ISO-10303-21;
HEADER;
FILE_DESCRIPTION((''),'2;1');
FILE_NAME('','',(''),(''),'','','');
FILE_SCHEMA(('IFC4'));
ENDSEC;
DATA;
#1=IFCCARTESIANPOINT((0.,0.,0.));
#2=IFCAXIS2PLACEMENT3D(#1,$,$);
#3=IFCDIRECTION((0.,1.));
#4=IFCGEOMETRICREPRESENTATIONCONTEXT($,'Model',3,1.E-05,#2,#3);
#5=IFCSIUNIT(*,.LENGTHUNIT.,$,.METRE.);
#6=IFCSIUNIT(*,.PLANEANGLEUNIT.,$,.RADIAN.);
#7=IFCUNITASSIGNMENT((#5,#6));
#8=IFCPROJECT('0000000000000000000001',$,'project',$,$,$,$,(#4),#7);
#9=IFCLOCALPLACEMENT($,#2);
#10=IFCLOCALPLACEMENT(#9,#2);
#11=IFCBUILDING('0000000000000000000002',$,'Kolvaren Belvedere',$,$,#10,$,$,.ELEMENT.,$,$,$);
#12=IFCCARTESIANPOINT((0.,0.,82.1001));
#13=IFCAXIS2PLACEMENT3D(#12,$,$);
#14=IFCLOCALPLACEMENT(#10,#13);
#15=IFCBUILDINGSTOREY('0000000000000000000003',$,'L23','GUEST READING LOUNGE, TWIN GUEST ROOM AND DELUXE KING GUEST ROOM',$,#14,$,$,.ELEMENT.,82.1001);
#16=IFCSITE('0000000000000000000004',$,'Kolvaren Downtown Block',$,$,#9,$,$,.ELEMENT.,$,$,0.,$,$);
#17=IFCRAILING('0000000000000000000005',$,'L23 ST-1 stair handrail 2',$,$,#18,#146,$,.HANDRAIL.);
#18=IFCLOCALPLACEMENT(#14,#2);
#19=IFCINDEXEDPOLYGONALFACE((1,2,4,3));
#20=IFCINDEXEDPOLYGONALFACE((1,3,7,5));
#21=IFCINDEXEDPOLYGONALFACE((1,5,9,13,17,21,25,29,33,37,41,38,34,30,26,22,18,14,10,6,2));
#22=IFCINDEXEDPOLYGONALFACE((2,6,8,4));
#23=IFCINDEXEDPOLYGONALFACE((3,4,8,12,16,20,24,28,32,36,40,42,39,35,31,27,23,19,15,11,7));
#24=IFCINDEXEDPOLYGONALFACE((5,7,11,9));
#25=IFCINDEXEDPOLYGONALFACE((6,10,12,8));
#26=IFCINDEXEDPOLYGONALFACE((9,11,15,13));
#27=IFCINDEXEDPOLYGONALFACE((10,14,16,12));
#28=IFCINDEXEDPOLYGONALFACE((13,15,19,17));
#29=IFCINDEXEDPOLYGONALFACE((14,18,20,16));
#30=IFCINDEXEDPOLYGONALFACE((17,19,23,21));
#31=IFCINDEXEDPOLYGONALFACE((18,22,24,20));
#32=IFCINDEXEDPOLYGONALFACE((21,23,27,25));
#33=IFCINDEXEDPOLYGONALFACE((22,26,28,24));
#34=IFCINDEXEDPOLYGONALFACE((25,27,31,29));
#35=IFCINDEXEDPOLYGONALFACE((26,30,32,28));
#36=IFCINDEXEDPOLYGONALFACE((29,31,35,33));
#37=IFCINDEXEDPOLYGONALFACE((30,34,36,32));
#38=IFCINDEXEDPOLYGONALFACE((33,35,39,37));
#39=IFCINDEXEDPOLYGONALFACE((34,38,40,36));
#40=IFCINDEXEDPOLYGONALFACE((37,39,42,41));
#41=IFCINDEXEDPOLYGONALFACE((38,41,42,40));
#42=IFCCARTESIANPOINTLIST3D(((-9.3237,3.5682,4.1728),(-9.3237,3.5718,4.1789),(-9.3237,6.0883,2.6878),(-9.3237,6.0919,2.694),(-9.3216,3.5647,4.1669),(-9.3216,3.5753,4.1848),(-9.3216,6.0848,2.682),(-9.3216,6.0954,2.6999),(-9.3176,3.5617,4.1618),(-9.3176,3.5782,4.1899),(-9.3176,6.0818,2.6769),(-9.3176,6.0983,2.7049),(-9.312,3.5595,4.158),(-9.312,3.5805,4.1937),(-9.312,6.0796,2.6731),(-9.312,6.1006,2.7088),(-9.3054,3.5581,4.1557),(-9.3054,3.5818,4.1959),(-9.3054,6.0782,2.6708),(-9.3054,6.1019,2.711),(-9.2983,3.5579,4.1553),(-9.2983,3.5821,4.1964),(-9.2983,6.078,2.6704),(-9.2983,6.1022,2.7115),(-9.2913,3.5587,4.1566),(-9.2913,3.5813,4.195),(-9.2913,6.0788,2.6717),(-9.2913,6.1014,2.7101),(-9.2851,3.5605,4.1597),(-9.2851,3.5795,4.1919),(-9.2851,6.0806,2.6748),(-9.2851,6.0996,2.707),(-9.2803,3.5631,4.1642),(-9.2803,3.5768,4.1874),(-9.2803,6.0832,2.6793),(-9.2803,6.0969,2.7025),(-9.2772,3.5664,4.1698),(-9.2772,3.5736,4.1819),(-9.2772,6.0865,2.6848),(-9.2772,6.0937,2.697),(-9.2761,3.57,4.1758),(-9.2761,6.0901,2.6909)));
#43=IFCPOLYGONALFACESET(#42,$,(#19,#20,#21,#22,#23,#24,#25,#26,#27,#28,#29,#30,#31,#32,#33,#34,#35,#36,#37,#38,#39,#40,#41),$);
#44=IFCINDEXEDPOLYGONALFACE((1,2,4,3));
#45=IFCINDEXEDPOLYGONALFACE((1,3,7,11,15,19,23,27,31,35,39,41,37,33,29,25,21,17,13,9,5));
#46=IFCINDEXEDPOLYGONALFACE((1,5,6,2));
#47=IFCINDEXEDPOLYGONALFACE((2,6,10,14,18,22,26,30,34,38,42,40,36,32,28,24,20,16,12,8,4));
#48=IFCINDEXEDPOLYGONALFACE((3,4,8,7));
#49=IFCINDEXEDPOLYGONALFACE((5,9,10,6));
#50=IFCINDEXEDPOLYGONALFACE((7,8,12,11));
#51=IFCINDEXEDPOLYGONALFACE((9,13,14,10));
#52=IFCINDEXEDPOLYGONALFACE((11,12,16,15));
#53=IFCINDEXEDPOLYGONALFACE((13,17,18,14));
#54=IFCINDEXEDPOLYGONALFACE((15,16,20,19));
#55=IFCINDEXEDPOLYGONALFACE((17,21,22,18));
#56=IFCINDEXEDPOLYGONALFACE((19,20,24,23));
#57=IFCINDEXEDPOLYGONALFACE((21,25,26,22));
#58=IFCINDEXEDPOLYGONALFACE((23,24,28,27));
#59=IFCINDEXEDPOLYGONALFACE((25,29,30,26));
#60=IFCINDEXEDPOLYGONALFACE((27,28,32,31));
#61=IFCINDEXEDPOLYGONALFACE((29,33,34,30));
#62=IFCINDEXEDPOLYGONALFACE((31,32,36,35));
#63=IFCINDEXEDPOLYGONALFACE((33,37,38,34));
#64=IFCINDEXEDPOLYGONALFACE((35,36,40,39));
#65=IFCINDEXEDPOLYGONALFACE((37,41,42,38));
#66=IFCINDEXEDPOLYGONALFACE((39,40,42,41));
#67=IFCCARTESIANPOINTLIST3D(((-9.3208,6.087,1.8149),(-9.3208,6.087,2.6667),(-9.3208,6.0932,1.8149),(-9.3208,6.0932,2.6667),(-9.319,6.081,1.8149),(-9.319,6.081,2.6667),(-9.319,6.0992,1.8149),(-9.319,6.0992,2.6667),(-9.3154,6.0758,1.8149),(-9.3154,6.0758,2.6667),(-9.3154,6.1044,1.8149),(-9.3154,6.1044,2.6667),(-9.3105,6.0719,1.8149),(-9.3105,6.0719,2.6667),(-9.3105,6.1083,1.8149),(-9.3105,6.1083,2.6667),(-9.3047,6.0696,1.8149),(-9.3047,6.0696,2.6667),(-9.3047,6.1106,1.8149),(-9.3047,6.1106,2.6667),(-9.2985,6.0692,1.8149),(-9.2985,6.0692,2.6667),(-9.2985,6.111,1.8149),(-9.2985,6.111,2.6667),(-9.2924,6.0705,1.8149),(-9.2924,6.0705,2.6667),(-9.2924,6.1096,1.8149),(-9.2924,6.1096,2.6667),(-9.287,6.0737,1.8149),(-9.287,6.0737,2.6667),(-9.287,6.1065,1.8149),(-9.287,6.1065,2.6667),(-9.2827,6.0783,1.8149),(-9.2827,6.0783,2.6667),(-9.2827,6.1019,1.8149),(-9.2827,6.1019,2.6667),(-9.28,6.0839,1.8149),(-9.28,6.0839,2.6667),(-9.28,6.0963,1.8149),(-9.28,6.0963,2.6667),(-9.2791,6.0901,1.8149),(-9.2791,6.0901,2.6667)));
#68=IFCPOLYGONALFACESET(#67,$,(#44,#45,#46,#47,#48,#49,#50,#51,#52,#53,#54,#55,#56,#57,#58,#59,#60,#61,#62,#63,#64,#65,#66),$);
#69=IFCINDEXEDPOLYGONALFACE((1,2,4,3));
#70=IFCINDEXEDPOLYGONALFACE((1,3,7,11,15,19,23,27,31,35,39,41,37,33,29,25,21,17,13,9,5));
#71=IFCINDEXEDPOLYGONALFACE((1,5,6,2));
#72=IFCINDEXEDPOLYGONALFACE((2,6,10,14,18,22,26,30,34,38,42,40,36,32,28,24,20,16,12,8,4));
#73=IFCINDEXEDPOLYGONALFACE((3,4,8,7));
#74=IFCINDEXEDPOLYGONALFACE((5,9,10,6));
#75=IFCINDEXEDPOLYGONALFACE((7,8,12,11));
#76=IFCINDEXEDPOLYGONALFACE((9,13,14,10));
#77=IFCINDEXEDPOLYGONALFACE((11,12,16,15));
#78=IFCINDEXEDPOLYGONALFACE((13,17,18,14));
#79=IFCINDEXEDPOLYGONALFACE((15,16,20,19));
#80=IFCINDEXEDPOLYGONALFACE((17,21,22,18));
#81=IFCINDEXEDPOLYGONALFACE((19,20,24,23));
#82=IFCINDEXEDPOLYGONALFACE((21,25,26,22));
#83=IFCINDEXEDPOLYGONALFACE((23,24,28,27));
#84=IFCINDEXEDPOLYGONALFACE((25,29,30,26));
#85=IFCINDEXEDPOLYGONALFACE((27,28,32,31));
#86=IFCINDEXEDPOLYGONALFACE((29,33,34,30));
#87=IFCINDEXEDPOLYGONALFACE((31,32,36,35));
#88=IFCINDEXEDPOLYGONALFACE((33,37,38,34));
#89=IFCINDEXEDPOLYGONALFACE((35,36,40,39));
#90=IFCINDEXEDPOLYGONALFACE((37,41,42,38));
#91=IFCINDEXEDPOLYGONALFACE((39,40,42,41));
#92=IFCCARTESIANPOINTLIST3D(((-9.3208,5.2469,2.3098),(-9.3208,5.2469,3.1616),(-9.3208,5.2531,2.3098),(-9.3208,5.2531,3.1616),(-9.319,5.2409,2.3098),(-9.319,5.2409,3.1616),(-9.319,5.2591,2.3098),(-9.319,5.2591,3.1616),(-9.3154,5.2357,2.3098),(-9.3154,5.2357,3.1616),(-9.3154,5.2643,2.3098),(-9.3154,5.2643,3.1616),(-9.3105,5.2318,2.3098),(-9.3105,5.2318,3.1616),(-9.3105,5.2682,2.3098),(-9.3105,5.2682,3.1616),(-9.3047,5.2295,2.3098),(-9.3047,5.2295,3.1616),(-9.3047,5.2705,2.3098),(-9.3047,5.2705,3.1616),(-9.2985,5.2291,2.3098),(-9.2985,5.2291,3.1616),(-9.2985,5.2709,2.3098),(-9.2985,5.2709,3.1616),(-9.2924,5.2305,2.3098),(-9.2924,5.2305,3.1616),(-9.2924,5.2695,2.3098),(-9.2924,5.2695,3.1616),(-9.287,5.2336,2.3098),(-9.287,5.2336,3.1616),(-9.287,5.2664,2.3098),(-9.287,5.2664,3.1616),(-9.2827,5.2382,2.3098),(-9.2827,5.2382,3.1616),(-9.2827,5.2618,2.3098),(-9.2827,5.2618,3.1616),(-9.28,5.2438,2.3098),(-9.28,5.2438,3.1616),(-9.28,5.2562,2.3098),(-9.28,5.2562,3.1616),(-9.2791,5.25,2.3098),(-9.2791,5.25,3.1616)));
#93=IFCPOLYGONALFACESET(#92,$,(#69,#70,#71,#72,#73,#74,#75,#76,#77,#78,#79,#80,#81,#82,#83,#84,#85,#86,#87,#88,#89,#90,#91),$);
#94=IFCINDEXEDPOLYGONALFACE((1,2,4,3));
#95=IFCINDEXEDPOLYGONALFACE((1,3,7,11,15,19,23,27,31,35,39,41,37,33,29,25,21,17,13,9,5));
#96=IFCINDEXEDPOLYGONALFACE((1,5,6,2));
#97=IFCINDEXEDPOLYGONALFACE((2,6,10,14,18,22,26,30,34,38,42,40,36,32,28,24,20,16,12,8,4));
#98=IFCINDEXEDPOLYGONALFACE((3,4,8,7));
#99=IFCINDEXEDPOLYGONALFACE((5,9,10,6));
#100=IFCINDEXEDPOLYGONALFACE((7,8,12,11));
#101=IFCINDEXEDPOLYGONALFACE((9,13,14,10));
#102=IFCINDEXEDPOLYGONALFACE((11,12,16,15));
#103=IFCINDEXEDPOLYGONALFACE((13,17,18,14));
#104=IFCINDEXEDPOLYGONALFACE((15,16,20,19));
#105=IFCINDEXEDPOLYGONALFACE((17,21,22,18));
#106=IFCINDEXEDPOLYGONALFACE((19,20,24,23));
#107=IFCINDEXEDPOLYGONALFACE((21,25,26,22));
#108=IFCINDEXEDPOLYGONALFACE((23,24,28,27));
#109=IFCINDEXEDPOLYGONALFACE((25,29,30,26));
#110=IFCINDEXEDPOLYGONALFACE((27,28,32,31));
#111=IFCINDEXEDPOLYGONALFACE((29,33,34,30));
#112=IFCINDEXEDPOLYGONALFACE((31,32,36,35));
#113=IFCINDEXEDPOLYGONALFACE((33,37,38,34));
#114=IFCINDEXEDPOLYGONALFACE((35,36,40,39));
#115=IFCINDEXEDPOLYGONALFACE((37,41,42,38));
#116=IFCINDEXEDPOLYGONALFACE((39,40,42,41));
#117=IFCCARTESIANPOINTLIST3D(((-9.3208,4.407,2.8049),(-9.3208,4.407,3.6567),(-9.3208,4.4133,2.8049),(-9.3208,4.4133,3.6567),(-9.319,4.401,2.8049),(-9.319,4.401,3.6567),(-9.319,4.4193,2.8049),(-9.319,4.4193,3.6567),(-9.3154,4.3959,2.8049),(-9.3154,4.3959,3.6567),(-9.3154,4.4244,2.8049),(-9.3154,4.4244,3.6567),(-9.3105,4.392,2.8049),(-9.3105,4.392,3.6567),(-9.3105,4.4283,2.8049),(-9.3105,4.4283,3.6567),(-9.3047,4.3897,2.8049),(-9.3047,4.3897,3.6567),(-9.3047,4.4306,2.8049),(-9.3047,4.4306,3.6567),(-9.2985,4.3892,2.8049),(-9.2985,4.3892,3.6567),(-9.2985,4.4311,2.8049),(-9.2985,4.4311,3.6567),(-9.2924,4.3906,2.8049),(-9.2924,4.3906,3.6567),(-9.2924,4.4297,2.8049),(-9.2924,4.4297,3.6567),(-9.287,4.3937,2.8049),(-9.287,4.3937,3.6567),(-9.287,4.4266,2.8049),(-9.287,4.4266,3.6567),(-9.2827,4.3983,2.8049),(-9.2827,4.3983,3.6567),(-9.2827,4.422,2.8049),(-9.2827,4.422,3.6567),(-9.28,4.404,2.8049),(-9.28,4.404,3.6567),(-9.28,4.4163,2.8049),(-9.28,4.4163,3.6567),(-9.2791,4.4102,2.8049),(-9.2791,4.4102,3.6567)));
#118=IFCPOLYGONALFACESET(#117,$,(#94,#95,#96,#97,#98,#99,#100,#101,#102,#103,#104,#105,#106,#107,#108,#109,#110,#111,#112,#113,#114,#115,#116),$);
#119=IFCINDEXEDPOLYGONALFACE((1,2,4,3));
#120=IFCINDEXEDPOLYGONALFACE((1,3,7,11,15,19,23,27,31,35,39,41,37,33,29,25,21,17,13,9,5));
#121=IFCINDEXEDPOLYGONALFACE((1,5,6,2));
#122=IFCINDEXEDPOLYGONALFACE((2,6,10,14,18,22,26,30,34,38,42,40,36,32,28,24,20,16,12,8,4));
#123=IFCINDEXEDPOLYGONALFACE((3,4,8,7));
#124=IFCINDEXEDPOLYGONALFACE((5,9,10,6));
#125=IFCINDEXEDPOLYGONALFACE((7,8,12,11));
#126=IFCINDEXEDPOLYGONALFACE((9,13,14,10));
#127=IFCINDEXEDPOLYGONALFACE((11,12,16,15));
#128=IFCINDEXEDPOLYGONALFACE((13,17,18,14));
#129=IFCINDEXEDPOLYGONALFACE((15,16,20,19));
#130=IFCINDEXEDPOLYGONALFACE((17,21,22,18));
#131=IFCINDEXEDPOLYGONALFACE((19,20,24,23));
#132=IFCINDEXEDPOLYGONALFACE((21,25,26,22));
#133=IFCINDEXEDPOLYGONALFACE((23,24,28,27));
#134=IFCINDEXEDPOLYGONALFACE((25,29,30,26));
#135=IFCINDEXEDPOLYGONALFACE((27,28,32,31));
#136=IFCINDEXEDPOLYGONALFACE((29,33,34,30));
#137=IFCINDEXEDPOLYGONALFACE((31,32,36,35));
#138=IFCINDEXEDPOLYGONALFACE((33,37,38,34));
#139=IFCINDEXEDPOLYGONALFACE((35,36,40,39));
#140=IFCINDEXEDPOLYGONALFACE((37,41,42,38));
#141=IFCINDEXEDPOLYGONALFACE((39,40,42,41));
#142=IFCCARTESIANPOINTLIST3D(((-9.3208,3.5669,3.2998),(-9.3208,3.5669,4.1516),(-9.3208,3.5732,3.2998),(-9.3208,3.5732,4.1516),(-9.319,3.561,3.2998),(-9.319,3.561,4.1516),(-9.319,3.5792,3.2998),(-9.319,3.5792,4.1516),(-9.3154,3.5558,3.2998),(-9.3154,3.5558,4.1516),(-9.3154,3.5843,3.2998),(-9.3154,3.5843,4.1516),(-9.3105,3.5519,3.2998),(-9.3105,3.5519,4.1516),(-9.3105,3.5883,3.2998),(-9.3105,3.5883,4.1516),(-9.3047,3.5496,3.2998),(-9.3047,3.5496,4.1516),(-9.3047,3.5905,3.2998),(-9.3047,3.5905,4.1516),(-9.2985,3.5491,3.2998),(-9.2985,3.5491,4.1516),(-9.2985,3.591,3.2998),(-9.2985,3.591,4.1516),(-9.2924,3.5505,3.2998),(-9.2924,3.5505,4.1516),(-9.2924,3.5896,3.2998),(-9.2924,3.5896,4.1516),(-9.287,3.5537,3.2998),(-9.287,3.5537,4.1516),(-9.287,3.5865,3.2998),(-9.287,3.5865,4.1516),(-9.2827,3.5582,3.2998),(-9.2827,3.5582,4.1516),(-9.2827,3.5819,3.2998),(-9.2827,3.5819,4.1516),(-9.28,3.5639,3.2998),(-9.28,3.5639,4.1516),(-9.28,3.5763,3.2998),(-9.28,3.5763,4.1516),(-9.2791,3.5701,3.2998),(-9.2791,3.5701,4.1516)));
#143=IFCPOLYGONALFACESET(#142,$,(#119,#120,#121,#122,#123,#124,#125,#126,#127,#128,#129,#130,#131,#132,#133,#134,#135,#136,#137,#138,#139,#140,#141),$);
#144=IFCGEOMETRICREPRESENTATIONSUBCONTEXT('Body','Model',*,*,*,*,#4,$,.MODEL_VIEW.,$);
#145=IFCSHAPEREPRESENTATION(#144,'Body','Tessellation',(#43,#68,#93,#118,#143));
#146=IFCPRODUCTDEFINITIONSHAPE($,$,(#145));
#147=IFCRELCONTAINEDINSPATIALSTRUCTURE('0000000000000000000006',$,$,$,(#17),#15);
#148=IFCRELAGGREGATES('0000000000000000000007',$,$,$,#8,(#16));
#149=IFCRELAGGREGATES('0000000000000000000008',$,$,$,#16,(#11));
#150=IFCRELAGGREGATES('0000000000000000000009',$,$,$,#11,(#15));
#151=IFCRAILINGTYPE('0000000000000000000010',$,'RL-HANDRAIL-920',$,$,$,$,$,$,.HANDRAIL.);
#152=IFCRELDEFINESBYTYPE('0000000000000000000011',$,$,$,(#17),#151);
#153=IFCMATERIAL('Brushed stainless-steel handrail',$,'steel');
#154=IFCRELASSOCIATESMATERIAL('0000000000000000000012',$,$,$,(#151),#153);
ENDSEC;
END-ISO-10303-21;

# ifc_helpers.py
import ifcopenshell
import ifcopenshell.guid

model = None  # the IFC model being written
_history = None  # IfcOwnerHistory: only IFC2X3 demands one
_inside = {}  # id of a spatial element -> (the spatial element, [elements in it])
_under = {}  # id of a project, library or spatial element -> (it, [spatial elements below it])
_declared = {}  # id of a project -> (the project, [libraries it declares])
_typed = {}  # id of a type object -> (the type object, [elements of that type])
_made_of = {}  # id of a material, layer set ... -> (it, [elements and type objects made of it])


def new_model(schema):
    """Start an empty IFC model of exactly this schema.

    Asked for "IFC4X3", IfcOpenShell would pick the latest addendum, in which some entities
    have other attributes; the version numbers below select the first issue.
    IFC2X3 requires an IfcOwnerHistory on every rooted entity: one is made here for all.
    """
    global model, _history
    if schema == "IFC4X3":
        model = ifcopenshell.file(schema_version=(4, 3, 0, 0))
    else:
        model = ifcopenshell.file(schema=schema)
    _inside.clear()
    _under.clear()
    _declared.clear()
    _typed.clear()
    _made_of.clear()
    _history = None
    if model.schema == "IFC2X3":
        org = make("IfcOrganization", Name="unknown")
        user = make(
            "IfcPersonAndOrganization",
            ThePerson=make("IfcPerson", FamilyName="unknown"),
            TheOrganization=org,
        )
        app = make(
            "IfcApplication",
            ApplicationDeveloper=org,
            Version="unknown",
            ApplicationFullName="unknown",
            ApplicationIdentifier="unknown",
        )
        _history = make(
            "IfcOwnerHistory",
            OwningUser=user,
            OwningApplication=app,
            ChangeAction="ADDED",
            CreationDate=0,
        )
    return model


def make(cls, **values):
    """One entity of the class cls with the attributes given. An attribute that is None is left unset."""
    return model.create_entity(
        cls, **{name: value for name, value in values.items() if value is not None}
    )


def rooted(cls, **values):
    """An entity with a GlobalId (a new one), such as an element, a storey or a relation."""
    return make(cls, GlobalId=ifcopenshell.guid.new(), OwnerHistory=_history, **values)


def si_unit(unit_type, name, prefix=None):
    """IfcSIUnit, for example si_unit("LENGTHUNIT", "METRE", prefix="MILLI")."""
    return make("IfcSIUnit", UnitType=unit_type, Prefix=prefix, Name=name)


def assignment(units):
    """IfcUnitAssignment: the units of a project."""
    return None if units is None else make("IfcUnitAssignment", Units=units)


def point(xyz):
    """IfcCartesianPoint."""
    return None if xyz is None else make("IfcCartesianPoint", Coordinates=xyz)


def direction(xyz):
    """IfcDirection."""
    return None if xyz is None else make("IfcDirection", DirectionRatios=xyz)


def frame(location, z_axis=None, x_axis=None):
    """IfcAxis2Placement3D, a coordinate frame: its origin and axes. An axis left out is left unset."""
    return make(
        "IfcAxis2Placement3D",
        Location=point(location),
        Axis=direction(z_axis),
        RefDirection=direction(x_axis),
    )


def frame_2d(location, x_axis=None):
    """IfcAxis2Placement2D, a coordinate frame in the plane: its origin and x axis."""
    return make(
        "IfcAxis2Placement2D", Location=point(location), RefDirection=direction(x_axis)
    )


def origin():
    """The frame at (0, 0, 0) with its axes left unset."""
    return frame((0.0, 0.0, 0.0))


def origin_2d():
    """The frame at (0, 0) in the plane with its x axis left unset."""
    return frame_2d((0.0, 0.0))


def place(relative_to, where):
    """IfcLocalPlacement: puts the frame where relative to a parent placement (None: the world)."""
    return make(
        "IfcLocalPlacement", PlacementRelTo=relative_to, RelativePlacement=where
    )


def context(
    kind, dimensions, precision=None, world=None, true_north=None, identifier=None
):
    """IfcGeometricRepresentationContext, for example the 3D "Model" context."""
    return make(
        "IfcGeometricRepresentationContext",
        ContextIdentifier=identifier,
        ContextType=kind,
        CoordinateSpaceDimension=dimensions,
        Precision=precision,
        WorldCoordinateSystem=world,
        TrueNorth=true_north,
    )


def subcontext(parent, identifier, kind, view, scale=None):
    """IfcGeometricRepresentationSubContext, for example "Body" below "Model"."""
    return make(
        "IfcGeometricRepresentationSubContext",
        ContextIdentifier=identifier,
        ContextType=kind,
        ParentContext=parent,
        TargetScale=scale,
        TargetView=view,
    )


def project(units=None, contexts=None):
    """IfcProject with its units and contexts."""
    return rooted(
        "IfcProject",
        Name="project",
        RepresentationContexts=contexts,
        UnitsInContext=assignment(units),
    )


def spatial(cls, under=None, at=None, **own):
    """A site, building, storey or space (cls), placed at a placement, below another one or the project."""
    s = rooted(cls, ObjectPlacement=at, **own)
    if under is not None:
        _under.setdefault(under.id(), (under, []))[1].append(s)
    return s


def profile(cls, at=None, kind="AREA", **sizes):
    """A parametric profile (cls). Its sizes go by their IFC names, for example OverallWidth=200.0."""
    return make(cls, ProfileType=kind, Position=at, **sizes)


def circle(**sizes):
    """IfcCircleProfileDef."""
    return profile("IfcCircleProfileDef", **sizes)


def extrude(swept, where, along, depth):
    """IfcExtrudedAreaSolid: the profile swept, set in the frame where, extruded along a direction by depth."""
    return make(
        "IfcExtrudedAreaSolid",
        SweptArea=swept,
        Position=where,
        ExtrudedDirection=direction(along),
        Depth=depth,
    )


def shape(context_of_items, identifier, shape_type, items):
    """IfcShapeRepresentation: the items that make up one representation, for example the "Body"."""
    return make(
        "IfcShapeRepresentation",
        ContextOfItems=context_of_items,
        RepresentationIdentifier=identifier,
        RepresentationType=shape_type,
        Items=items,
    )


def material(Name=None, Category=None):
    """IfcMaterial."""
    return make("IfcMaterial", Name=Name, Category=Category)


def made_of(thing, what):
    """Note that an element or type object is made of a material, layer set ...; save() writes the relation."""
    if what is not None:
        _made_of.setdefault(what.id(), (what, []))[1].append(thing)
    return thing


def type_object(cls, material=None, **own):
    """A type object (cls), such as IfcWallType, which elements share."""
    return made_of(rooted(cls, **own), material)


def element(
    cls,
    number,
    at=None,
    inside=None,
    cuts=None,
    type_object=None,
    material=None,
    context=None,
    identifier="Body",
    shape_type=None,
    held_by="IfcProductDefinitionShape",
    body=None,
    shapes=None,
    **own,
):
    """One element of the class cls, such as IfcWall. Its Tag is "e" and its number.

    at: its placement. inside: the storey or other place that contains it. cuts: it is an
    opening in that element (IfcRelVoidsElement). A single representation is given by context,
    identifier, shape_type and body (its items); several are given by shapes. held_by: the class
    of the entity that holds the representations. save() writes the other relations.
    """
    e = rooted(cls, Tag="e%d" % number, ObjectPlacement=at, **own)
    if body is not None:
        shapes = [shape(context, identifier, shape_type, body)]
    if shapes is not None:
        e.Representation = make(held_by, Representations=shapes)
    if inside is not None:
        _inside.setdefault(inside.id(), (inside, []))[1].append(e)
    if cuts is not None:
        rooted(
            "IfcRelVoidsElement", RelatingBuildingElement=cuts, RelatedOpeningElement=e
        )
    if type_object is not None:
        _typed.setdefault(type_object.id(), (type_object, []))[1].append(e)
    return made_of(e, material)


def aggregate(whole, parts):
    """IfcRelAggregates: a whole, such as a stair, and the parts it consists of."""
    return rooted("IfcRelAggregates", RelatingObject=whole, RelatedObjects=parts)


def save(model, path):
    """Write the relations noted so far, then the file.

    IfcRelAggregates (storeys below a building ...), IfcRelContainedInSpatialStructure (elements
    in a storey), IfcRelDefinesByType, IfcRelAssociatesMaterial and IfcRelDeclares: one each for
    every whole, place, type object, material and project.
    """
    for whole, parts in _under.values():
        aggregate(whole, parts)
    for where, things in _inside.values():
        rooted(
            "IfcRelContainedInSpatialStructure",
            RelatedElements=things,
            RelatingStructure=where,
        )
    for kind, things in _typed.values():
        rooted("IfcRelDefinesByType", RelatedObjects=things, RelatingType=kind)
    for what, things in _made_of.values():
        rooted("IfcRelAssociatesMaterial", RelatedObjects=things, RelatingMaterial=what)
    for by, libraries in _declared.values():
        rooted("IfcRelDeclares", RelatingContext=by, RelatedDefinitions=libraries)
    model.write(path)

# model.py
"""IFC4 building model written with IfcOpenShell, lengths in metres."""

from ifc_helpers import new_model, si_unit, direction, frame, origin, origin_2d, place, context, subcontext, project, spatial, circle, extrude, material, type_object, element, save


model = new_model("IFC4")

# Units and contexts
model_context = context("Model", 3, precision=1e-05, world=origin(), true_north=direction((0.0, 1.0)))
body_context = subcontext(model_context, "Body", "Model", "MODEL_VIEW")
ifc_project = project(units=[si_unit("LENGTHUNIT", "METRE"), si_unit("PLANEANGLEUNIT", "RADIAN")], contexts=[model_context])

# Site, building, storey
site_placement = place(None, origin())
site = spatial("IfcSite", under=ifc_project, at=site_placement, Name="Kolvaren Downtown Block", CompositionType="ELEMENT", RefElevation=0.0)
building_placement = place(site_placement, origin())
building = spatial("IfcBuilding", under=site, at=building_placement, Name="Kolvaren Belvedere", CompositionType="ELEMENT")
storey_placement = place(building_placement, frame((0.0, 0.0, 82.1001)))
storey = spatial("IfcBuildingStorey", under=building, at=storey_placement, Name="L23", Description="GUEST READING LOUNGE, TWIN GUEST ROOM AND DELUXE KING GUEST ROOM", CompositionType="ELEMENT", Elevation=82.1001)

# Railing
ifc_material_1 = material(Name="Brushed stainless-steel handrail", Category="steel")
railing_type_1 = type_object("IfcRailingType", Name="RL-HANDRAIL-920", PredefinedType="HANDRAIL", material=ifc_material_1)
railing_1_placement = place(storey_placement, frame((-9.3, 6.0901, 1.8149)))
element("IfcRailing", 1, at=railing_1_placement, inside=storey, type_object=railing_type_1, Name="L23 ST-1 stair handrail 2", PredefinedType="HANDRAIL", context=body_context, shape_type="SweptSolid", body=[
    extrude(circle(Radius=0.0239, at=origin_2d()), frame((0.0, 0.0, 0.876), z_axis=(0.0, -0.861561, 0.507655), x_axis=(1.0, 0.0, 0.0)), (0.0, 0.0, 1.0), 2.925),
    extrude(circle(Radius=0.021, at=origin_2d()), origin(), (0.0, 0.0, 1.0), 0.8518),
    extrude(circle(Radius=0.021, at=origin_2d()), frame((0.0, -0.8401, 0.4949)), (0.0, 0.0, 1.0), 0.8518),
    extrude(circle(Radius=0.021, at=origin_2d()), frame((0.0, -1.6799, 0.99)), (0.0, 0.0, 1.0), 0.8518),
    extrude(circle(Radius=0.021, at=origin_2d()), frame((0.0, -2.52, 1.4849)), (0.0, 0.0, 1.0), 0.8518),
])

save(model, "model.ifc")
